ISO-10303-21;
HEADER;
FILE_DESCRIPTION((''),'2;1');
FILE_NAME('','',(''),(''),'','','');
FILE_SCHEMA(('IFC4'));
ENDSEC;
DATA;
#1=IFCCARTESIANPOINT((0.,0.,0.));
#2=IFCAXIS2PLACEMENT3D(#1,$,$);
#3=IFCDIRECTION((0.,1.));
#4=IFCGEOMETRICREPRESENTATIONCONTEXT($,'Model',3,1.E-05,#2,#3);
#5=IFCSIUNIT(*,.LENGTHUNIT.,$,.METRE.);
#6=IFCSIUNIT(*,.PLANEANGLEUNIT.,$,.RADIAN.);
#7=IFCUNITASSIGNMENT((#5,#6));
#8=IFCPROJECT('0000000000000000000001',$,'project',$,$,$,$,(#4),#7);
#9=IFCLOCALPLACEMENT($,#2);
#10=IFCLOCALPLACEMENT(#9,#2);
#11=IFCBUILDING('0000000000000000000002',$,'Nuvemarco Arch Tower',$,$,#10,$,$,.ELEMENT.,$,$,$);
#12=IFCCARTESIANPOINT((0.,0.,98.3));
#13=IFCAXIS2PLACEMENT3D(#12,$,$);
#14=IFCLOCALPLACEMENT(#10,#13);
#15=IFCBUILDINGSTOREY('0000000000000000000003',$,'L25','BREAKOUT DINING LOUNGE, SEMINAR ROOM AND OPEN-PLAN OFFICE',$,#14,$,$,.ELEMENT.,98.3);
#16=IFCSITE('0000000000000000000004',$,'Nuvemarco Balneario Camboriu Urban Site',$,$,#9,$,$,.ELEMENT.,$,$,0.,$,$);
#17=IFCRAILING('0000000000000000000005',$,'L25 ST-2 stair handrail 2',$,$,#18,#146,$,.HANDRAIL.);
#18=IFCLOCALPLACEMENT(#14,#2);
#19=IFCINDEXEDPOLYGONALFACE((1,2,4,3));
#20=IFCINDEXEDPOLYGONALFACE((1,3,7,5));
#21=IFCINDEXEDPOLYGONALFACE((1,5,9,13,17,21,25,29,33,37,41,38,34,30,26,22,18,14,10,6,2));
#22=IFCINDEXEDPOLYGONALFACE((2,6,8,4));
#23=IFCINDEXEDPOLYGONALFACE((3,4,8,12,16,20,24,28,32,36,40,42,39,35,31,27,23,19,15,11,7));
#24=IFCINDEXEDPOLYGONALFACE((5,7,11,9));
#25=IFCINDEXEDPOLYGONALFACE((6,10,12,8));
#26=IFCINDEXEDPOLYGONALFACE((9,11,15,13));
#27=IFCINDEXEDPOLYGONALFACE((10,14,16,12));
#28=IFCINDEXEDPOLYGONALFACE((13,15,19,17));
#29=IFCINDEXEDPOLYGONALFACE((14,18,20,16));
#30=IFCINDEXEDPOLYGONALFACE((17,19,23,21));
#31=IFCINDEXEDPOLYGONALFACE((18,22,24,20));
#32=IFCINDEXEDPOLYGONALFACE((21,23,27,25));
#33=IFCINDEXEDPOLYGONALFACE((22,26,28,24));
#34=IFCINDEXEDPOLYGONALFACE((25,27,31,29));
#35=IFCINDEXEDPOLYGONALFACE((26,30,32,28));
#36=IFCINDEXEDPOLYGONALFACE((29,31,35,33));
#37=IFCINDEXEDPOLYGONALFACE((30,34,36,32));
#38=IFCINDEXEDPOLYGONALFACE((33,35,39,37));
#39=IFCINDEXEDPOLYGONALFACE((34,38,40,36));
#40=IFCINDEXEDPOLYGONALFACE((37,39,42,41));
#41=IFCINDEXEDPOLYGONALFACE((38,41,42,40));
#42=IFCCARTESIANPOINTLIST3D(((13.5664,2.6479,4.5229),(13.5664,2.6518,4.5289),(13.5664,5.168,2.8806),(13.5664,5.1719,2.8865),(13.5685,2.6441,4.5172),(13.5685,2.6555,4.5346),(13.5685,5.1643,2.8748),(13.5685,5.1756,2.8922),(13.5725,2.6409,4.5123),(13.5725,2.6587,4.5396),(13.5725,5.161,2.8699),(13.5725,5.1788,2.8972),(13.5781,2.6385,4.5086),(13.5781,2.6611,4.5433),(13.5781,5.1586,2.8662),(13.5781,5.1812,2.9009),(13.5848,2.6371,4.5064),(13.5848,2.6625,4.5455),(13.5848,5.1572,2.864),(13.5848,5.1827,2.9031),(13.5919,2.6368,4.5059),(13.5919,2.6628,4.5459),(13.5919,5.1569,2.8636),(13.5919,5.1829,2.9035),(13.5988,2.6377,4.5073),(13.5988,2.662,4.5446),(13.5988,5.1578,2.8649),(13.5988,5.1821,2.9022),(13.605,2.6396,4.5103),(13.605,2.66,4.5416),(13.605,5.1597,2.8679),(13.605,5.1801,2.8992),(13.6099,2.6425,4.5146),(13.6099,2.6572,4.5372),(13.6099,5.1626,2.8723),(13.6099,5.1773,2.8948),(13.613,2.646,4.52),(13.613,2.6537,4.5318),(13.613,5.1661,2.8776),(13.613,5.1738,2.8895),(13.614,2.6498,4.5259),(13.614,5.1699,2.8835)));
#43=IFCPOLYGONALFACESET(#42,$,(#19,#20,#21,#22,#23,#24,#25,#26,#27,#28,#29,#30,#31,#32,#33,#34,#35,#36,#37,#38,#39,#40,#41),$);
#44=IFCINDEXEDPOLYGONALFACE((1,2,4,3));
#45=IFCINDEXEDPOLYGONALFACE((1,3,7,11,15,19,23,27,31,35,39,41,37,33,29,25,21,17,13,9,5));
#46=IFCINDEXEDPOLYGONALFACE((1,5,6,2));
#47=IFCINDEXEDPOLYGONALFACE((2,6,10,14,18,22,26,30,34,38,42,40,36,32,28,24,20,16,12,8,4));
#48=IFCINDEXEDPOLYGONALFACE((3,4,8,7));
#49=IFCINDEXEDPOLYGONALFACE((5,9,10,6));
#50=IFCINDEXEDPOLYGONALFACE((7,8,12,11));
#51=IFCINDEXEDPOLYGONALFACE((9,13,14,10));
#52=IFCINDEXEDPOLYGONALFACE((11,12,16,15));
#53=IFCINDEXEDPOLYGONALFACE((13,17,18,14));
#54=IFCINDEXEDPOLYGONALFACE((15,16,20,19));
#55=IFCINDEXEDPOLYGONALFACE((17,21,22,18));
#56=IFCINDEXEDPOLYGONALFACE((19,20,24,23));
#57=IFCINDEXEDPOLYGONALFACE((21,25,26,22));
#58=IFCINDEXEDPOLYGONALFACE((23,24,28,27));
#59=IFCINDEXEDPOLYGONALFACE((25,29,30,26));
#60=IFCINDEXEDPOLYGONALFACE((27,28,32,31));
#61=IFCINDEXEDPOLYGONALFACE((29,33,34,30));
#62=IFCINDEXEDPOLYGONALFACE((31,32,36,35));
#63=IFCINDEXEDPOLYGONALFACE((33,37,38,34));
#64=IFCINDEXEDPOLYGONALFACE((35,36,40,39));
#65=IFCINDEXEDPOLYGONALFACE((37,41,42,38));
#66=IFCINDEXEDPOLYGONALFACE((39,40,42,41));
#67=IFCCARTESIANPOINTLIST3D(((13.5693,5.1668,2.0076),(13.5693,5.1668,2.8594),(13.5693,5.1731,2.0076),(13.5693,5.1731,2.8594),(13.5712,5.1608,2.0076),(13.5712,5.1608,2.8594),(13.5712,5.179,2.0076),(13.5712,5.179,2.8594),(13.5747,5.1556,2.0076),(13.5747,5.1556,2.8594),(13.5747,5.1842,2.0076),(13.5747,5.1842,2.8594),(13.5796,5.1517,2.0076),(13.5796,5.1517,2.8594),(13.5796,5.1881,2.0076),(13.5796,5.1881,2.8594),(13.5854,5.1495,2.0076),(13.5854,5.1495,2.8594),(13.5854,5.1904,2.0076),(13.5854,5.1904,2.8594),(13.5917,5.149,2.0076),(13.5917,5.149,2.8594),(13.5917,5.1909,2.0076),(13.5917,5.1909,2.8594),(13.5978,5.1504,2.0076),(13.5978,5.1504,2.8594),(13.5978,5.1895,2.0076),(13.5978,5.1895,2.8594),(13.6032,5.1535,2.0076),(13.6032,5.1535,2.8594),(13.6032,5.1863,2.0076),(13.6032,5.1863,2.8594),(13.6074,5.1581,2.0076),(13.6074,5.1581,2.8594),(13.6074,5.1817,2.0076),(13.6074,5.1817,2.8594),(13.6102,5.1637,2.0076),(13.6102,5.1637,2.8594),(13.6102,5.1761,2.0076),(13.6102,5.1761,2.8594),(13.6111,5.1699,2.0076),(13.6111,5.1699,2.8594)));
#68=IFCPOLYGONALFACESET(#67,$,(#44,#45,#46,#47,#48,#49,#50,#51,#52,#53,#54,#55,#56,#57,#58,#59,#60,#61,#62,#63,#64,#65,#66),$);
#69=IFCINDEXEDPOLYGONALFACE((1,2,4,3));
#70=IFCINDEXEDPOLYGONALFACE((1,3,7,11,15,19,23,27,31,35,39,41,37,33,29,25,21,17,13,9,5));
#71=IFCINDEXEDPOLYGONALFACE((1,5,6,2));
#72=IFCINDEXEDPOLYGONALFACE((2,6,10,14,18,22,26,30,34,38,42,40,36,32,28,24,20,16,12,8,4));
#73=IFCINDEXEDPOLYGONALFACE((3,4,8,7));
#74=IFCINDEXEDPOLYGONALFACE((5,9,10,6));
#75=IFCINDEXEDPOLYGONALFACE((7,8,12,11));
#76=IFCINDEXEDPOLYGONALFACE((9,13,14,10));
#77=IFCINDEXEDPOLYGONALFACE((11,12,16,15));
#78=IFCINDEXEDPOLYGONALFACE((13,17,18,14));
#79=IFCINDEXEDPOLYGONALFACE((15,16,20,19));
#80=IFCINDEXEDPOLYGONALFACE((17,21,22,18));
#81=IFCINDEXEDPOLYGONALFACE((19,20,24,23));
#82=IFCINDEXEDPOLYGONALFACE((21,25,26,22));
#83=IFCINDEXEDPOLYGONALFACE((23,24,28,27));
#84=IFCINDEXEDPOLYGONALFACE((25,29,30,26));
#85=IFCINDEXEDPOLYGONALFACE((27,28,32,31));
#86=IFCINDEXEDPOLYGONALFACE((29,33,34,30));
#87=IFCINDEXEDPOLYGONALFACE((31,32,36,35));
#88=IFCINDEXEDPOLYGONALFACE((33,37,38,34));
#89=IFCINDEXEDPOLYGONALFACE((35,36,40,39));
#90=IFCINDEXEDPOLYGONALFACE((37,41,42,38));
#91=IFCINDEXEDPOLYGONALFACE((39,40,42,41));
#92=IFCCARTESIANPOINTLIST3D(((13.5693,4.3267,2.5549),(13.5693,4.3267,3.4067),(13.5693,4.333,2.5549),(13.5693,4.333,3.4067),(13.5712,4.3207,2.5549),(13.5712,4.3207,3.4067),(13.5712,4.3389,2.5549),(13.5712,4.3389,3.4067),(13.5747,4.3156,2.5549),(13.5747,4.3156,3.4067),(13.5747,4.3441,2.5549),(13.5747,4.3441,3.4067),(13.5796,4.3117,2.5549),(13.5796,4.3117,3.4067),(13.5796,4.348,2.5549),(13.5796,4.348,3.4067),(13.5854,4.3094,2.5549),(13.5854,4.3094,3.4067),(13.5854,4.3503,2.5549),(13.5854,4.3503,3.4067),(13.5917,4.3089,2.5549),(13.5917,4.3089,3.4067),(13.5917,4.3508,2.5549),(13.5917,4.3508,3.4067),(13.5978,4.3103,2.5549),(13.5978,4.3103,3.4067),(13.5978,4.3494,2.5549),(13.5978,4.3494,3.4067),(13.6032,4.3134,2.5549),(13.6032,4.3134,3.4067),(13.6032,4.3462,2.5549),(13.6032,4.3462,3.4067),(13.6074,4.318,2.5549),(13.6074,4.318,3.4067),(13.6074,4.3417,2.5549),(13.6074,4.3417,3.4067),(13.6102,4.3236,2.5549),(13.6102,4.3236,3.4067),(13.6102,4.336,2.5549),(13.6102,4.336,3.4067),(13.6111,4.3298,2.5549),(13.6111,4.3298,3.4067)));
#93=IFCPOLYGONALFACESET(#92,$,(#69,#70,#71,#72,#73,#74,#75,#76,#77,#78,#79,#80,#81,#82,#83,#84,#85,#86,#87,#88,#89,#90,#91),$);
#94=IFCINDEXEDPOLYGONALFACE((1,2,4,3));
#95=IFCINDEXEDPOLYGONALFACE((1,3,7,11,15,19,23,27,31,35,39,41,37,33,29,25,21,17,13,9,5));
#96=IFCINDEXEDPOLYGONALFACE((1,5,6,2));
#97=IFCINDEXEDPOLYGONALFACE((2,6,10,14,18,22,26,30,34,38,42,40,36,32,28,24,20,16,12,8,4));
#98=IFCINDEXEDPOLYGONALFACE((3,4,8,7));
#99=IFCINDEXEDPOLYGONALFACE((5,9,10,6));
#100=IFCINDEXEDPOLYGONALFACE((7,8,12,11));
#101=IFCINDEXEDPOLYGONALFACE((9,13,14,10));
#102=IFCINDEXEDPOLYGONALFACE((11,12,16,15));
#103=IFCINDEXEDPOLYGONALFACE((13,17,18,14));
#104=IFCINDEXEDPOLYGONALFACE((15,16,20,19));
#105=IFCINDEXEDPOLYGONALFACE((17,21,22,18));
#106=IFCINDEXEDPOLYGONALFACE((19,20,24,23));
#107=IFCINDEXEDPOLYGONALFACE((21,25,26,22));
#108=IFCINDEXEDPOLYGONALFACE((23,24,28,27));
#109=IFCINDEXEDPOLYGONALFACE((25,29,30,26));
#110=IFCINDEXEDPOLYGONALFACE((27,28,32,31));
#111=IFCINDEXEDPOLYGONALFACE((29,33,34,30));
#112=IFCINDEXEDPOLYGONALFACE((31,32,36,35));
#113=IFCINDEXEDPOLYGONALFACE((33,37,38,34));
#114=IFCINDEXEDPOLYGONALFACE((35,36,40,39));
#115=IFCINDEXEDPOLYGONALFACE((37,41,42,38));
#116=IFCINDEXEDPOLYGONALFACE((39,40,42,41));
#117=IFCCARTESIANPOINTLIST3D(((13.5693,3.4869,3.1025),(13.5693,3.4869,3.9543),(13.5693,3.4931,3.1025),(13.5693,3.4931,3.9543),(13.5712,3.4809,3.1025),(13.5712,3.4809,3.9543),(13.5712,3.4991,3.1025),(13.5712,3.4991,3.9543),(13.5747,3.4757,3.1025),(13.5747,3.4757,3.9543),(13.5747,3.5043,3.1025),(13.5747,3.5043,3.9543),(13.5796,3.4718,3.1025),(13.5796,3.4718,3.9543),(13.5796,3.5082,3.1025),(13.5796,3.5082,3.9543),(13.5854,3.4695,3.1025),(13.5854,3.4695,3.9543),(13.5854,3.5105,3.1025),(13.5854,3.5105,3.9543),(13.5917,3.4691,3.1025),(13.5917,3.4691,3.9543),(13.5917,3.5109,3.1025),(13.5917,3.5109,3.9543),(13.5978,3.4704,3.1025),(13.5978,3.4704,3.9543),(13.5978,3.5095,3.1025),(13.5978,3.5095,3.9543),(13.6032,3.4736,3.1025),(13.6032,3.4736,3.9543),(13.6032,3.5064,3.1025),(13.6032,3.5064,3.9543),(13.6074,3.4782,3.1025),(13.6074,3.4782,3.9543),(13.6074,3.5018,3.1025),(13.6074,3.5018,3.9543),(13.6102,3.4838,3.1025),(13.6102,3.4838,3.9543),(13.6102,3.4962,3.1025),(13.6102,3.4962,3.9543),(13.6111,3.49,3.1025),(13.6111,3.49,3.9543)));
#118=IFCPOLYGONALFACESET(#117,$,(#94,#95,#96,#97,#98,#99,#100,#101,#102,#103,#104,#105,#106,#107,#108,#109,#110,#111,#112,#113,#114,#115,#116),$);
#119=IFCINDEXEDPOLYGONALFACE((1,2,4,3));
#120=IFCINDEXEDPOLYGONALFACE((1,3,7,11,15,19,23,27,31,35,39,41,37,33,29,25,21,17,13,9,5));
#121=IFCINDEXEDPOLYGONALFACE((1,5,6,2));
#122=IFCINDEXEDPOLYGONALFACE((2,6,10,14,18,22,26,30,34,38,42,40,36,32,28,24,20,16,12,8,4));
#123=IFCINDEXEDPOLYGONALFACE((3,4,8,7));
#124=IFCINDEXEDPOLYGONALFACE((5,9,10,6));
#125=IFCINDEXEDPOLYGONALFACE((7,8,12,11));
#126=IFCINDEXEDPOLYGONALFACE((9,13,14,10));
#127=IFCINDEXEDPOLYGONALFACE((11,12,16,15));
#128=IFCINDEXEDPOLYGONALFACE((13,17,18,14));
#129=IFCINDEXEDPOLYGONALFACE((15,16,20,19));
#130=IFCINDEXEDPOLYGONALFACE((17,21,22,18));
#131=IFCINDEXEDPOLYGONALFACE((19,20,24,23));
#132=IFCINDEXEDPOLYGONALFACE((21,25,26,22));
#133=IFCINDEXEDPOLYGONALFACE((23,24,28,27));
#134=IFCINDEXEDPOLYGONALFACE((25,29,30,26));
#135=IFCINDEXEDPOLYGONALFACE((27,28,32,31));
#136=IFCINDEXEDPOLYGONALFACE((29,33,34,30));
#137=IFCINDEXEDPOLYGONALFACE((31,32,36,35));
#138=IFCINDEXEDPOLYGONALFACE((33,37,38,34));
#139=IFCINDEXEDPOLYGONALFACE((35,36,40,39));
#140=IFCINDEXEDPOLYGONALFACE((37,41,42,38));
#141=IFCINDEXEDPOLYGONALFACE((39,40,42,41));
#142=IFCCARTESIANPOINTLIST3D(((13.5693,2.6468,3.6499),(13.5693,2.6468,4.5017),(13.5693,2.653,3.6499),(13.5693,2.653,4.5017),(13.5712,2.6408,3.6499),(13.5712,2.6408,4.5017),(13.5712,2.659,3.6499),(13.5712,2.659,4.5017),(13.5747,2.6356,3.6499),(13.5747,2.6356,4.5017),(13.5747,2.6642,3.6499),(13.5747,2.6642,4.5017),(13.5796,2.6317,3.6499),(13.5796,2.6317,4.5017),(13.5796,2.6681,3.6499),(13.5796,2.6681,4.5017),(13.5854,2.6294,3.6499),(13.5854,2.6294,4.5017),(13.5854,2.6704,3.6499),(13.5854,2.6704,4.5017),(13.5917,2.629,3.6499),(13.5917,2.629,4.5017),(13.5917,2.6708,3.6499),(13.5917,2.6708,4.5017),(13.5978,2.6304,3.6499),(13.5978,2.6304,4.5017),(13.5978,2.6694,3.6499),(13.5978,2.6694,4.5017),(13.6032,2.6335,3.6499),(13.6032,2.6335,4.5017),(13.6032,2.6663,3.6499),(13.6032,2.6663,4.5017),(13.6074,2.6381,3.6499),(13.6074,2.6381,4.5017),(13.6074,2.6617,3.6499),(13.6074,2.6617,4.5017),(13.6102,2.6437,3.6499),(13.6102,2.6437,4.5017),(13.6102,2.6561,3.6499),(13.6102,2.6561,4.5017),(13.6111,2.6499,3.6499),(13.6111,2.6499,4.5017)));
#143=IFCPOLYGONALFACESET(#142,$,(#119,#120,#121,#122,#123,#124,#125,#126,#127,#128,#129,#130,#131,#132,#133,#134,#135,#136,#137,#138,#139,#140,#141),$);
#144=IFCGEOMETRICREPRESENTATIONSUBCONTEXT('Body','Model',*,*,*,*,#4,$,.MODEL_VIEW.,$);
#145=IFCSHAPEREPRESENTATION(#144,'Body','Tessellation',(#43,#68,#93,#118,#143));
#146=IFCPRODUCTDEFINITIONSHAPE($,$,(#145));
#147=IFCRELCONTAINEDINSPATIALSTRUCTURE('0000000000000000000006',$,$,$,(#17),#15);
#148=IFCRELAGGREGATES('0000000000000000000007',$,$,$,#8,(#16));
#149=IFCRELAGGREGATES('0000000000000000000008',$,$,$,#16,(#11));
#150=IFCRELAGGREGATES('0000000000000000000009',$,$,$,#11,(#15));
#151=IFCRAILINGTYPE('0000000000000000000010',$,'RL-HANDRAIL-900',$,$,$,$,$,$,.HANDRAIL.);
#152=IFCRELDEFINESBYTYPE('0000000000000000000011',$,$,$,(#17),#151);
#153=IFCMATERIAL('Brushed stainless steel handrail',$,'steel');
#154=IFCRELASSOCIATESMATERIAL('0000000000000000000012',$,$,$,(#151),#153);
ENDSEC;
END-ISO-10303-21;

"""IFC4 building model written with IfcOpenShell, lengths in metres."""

from ifc_helpers import new_model, si_unit, direction, frame, origin, origin_2d, place, context, subcontext, project, spatial, circle, extrude, material, type_object, element, save


model = new_model("IFC4")

# Units and contexts
model_context = context("Model", 3, precision=1e-05, world=origin(), true_north=direction((0.0, 1.0)))
body_context = subcontext(model_context, "Body", "Model", "MODEL_VIEW")
ifc_project = project(units=[si_unit("LENGTHUNIT", "METRE"), si_unit("PLANEANGLEUNIT", "RADIAN")], contexts=[model_context])

# Site, building, storey
site_placement = place(None, origin())
site = spatial("IfcSite", under=ifc_project, at=site_placement, Name="Nuvemarco Balneario Camboriu Urban Site", CompositionType="ELEMENT", RefElevation=0.0)
building_placement = place(site_placement, origin())
building = spatial("IfcBuilding", under=site, at=building_placement, Name="Nuvemarco Arch Tower", CompositionType="ELEMENT")
storey_placement = place(building_placement, frame((0.0, 0.0, 98.3)))
storey = spatial("IfcBuildingStorey", under=building, at=storey_placement, Name="L25", Description="BREAKOUT DINING LOUNGE, SEMINAR ROOM AND OPEN-PLAN OFFICE", CompositionType="ELEMENT", Elevation=98.3)

# Railing
ifc_material_1 = material(Name="Brushed stainless steel handrail", Category="steel")
railing_type = type_object("IfcRailingType", Name="RL-HANDRAIL-900", PredefinedType="HANDRAIL", material=ifc_material_1)
railing_placement = place(storey_placement, frame((13.5901, 5.1699, 2.0076)))
element("IfcRailing", 1, at=railing_placement, inside=storey, type_object=railing_type, Name="L25 ST-2 stair handrail 2", PredefinedType="HANDRAIL", context=body_context, shape_type="SweptSolid", body=[
    extrude(circle(Radius=0.0239, at=origin_2d()), frame((0.0, 0.0, 0.876), z_axis=(0.0, -0.837787, 0.545998), x_axis=(1.0, 0.0, 0.0)), (0.0, 0.0, 1.0), 3.0081),
    extrude(circle(Radius=0.021, at=origin_2d()), origin(), (0.0, 0.0, 1.0), 0.8518),
    extrude(circle(Radius=0.021, at=origin_2d()), frame((0.0, -0.8401, 0.5474)), (0.0, 0.0, 1.0), 0.8518),
    extrude(circle(Radius=0.021, at=origin_2d()), frame((0.0, -1.6799, 1.095)), (0.0, 0.0, 1.0), 0.8518),
    extrude(circle(Radius=0.021, at=origin_2d()), frame((0.0, -2.52, 1.6423)), (0.0, 0.0, 1.0), 0.8518),
])

save(model, "model.ifc")
